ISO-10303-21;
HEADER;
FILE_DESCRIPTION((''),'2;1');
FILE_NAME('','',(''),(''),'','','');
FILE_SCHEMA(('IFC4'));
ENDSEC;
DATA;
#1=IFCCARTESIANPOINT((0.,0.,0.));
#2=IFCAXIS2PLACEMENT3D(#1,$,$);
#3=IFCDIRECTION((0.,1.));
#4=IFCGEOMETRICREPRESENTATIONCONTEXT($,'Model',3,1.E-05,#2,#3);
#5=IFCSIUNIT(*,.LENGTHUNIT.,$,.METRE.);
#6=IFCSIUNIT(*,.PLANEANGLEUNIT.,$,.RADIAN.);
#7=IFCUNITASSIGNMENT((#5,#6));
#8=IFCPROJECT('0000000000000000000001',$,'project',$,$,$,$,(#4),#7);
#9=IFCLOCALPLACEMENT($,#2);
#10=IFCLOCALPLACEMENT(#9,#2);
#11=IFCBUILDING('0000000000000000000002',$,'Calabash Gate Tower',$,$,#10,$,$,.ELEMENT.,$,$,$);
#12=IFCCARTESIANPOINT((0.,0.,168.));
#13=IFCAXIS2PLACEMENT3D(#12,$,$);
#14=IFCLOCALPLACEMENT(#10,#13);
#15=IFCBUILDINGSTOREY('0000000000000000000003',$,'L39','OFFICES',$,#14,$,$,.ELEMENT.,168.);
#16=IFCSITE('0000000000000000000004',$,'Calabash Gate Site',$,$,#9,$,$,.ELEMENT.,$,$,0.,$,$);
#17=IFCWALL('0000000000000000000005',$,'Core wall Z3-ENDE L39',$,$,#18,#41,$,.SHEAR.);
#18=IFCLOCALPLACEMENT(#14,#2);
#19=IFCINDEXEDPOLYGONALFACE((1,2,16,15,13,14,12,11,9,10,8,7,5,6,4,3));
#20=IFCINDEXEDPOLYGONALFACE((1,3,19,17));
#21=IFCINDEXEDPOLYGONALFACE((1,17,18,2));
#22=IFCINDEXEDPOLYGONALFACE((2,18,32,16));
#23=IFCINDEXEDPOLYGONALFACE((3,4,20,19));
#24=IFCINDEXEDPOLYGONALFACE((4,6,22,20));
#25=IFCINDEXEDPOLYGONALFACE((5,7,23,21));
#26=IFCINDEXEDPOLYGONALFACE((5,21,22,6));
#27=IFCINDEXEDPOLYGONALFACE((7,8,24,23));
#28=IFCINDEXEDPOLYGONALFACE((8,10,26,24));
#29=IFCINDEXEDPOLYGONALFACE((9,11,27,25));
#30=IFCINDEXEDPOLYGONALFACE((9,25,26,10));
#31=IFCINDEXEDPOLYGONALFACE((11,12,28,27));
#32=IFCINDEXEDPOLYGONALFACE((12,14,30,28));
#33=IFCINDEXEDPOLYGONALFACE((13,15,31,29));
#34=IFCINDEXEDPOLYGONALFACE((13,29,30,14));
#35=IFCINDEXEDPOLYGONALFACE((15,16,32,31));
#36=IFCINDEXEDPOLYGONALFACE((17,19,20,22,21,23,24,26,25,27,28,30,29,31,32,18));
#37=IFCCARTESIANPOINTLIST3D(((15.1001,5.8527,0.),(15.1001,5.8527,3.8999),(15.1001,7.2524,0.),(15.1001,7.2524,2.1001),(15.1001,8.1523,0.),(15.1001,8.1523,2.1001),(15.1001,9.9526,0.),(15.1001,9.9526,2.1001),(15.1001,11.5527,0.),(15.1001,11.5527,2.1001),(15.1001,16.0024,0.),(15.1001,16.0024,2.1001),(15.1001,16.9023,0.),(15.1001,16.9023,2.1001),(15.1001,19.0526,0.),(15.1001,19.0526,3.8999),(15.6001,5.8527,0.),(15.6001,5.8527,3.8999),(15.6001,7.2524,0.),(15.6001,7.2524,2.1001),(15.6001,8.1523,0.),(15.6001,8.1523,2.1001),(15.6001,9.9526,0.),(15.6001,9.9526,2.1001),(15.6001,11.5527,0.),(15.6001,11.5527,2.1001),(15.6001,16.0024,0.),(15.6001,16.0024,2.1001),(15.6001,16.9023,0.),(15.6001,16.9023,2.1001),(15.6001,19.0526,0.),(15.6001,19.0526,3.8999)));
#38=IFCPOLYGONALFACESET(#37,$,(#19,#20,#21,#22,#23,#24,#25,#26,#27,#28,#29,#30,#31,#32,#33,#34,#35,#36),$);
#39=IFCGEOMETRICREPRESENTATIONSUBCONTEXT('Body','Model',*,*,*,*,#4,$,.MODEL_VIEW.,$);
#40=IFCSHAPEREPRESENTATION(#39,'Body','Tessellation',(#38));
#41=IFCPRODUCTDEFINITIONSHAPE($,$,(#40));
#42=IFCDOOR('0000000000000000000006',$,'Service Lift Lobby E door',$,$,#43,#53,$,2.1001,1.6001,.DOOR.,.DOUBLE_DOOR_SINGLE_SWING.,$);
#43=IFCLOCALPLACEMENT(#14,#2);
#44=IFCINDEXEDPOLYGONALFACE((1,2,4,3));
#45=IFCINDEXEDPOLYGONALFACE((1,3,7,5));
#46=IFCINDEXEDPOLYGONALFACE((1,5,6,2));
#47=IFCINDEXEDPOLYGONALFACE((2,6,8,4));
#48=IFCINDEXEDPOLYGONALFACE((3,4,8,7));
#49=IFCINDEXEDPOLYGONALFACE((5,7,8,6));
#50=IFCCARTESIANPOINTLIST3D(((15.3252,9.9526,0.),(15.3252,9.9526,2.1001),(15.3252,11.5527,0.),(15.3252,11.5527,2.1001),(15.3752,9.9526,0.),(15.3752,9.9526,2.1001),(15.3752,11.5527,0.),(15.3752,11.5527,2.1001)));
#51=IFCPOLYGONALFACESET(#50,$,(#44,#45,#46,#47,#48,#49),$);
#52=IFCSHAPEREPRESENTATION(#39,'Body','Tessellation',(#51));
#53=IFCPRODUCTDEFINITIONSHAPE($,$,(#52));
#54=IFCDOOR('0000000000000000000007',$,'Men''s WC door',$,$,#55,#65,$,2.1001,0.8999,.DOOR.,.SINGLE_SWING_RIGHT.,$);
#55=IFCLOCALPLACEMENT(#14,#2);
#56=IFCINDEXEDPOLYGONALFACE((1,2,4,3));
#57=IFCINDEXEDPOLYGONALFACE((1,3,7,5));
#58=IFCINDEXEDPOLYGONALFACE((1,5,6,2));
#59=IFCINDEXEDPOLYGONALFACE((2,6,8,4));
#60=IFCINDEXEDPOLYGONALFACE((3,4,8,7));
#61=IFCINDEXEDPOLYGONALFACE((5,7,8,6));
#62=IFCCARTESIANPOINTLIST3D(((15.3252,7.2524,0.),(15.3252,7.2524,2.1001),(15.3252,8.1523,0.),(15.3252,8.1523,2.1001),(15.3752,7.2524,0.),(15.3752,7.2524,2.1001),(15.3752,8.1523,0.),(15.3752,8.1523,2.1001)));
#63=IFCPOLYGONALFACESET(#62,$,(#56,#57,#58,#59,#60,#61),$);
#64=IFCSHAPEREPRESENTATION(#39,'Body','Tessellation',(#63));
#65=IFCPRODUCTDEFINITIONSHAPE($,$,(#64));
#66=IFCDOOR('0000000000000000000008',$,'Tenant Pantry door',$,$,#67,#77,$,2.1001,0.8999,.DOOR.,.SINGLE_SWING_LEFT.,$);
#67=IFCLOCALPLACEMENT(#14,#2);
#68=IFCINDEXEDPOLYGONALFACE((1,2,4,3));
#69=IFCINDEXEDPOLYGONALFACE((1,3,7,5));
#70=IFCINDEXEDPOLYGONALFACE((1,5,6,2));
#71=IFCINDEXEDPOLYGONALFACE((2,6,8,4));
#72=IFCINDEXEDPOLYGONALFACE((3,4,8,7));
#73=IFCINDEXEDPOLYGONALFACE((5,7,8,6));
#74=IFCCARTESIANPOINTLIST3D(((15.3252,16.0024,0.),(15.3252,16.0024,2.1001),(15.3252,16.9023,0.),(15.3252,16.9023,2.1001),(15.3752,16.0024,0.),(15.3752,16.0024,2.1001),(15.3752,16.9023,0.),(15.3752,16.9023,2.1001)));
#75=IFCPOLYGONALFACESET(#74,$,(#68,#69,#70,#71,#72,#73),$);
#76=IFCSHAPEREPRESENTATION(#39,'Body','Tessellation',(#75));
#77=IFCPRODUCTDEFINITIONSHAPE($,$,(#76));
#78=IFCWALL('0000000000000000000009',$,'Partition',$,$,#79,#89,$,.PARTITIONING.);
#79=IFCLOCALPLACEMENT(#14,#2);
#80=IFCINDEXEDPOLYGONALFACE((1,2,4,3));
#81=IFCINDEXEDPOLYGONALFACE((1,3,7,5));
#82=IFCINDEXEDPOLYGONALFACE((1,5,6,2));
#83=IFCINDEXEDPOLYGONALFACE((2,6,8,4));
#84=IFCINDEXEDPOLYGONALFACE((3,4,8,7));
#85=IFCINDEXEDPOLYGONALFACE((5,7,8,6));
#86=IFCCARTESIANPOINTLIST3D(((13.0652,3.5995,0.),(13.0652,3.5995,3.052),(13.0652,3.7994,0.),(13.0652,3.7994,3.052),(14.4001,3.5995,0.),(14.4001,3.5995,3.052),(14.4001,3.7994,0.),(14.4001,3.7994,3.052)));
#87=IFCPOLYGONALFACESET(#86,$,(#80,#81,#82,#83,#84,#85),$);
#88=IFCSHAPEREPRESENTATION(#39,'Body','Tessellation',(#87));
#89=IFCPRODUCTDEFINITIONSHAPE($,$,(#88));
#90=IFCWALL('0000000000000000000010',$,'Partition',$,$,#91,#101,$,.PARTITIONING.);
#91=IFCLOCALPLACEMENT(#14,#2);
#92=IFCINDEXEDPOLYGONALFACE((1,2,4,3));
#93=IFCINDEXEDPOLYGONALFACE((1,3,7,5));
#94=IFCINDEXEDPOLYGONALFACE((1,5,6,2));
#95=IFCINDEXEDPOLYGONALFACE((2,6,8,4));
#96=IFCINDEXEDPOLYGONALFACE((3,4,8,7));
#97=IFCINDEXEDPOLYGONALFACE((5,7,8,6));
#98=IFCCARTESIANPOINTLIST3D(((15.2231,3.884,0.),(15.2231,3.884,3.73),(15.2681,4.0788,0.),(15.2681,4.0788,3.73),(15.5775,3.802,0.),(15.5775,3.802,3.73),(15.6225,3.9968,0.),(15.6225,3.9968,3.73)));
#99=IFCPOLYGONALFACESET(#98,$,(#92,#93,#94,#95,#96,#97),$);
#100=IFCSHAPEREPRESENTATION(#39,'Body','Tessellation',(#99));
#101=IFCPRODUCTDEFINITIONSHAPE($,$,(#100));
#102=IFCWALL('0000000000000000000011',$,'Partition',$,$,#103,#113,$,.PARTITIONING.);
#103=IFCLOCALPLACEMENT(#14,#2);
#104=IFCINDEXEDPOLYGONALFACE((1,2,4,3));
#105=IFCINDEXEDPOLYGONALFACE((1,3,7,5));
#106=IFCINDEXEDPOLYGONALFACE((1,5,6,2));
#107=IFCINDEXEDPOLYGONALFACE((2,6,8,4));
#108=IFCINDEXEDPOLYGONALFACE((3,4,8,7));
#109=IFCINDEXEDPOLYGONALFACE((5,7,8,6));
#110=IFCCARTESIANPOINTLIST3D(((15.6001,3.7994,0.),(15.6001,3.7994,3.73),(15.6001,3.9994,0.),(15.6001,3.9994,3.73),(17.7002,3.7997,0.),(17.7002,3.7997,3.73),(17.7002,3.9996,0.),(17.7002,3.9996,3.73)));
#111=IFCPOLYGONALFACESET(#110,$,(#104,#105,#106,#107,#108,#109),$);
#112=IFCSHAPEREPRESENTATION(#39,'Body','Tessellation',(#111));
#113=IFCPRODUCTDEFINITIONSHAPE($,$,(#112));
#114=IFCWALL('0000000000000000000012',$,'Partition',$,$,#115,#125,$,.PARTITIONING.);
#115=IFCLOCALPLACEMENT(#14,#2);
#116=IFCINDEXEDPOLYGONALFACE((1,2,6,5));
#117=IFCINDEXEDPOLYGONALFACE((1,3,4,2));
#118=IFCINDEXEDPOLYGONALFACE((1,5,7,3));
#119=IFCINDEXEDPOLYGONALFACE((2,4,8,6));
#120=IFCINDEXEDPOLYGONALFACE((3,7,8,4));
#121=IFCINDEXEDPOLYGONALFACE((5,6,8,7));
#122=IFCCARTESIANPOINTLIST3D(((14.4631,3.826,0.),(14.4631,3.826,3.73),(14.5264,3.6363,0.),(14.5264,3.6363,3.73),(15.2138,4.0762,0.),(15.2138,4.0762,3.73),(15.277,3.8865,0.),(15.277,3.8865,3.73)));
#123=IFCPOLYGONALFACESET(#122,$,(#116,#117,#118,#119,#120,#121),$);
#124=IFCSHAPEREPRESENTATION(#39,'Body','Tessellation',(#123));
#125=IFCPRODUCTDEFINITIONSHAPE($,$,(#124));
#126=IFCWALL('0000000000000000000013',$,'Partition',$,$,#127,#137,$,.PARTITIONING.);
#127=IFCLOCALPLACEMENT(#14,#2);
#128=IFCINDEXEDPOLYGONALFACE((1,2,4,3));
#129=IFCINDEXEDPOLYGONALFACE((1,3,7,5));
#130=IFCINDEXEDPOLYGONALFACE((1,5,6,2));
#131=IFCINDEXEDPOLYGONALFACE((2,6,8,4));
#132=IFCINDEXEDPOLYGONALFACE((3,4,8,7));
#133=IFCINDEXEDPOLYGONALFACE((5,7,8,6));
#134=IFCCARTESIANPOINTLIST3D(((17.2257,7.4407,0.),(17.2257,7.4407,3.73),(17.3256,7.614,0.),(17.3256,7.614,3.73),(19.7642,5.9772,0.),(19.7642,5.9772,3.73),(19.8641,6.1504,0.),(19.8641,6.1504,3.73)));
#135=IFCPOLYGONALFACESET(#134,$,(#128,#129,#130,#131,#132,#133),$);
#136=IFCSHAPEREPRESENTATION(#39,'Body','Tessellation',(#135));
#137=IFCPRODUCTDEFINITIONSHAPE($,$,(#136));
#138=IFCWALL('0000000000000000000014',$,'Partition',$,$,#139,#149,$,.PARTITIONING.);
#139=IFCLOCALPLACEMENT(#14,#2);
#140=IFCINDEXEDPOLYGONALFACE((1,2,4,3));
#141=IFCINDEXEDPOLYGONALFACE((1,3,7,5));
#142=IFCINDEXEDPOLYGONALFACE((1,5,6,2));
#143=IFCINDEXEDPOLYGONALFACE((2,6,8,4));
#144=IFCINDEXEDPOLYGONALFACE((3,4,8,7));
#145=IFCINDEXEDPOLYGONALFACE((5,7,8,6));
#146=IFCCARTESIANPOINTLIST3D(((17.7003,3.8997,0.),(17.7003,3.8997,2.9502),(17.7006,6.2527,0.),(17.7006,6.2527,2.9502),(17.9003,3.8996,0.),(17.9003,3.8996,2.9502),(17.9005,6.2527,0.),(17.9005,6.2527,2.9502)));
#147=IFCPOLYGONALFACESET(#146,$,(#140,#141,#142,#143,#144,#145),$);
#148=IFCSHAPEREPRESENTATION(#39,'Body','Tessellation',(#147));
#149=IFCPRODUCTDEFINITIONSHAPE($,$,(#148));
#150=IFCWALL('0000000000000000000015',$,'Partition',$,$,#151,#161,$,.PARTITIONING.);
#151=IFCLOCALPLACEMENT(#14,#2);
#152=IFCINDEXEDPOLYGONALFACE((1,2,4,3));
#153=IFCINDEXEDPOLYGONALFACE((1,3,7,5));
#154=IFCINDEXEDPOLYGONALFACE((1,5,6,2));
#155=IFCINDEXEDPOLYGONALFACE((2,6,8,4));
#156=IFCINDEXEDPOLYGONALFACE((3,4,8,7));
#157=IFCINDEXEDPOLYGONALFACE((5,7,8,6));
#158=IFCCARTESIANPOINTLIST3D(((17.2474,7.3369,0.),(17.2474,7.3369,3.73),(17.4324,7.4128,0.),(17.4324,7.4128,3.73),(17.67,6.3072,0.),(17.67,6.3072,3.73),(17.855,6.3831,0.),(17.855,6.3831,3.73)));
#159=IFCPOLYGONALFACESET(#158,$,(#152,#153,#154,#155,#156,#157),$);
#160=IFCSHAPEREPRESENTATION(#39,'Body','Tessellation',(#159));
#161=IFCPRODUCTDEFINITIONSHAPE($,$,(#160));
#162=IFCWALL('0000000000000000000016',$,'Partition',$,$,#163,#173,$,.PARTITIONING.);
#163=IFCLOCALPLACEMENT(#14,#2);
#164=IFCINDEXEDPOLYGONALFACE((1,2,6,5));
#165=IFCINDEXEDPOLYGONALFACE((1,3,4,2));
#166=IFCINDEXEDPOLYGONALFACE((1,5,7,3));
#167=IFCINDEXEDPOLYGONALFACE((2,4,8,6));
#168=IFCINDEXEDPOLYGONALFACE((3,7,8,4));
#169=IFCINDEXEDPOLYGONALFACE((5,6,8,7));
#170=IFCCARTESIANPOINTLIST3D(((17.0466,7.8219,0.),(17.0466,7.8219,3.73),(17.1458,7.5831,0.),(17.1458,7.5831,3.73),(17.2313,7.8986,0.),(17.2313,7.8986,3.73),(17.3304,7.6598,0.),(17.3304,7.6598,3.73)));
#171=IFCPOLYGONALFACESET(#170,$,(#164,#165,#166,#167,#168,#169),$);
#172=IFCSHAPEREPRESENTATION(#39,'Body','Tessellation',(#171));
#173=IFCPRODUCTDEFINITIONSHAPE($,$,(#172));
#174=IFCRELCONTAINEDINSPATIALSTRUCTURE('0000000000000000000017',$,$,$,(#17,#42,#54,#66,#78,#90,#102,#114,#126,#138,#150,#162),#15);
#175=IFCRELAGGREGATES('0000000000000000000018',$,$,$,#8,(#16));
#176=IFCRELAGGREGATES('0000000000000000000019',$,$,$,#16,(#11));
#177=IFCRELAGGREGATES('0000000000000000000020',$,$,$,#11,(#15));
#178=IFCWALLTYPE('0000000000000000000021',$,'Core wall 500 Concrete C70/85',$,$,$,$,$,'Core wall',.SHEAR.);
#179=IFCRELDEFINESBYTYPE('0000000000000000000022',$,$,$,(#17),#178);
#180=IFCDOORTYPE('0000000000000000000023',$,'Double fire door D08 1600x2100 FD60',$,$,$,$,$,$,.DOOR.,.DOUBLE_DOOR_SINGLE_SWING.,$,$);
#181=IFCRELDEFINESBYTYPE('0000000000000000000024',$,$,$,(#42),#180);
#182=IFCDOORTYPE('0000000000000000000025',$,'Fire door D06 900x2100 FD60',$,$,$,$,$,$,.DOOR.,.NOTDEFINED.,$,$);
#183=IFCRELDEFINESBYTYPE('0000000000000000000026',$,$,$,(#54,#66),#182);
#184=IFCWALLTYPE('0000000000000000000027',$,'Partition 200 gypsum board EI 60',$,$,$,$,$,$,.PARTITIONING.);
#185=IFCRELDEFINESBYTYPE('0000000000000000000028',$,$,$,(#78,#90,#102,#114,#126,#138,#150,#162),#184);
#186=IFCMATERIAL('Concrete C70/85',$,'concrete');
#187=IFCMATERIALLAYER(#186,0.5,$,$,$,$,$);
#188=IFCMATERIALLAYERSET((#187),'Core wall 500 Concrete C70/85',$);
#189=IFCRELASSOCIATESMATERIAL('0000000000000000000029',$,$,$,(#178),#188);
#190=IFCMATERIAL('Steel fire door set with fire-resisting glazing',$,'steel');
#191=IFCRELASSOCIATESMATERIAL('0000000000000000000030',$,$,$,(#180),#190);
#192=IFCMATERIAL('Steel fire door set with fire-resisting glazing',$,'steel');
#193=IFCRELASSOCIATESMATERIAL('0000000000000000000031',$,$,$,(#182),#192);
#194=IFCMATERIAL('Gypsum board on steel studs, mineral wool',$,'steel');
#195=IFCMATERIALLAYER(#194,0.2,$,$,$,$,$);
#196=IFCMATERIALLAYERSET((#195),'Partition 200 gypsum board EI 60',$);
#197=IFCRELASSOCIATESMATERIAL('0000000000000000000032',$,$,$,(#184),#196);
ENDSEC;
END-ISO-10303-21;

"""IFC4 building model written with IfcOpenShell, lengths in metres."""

from ifc_helpers import new_model, si_unit, direction, frame, frame_2d, origin, place, context, subcontext, project, spatial, rectangle, extrude, material, layer, layer_set, type_object, element, fill, save


model = new_model("IFC4")

# Units and contexts
model_context = context("Model", 3, precision=1e-05, world=origin(), true_north=direction((0.0, 1.0)))
body_context = subcontext(model_context, "Body", "Model", "MODEL_VIEW")
ifc_project = project(units=[si_unit("LENGTHUNIT", "METRE"), si_unit("PLANEANGLEUNIT", "RADIAN")], contexts=[model_context])

# Site, building, storey
site_placement = place(None, origin())
site = spatial("IfcSite", under=ifc_project, at=site_placement, Name="Calabash Gate Site", CompositionType="ELEMENT", RefElevation=0.0)
building_placement = place(site_placement, origin())
building = spatial("IfcBuilding", under=site, at=building_placement, Name="Calabash Gate Tower", CompositionType="ELEMENT")
storey_placement = place(building_placement, frame((0.0, 0.0, 168.0)))
storey = spatial("IfcBuildingStorey", under=building, at=storey_placement, Name="L39", Description="OFFICES", CompositionType="ELEMENT", Elevation=168.0)

# Wall, openings, doors
ifc_material_1 = material(Name="Concrete C70/85", Category="concrete")
ifc_layer_1 = layer(ifc_material_1, 0.5)
ifc_layer_set_1 = layer_set([ifc_layer_1], Name="Core wall 500 Concrete C70/85")
wall_type_1 = type_object("IfcWallType", Name="Core wall 500 Concrete C70/85", ElementType="Core wall", PredefinedType="SHEAR", material=ifc_layer_set_1)
wall_1_placement = place(storey_placement, frame((15.3501, 5.8525, 0.0), z_axis=(0.0, 0.0, 1.0), x_axis=(0.0, 1.0, 0.0)))
wall_1 = element("IfcWall", 1, at=wall_1_placement, inside=storey, type_object=wall_type_1, Name="Core wall Z3-ENDE L39", PredefinedType="SHEAR", context=body_context, shape_type="SweptSolid", body=[
    extrude(rectangle(XDim=13.2, YDim=0.5, at=frame_2d((6.6001, 0.0))), origin(), (0.0, 0.0, 1.0), 3.8999),
])
opening_1_placement = place(wall_1_placement, frame((4.1001, 0.0, 0.0)))
opening_1 = element("IfcOpeningElement", 2, at=opening_1_placement, cuts=wall_1, PredefinedType="OPENING", context=body_context, shape_type="SweptSolid", body=[
    extrude(rectangle(XDim=1.6001, YDim=2.1001, at=frame_2d((0.8, 1.05))), frame((0.0, 0.26, 0.0), z_axis=(0.0, -1.0, 0.0), x_axis=(1.0, 0.0, 0.0)), (0.0, 0.0, 1.0), 0.52),
])
opening_2_placement = place(wall_1_placement, frame((1.3999, 0.0, 0.0)))
opening_2 = element("IfcOpeningElement", 3, at=opening_2_placement, cuts=wall_1, PredefinedType="OPENING", context=body_context, shape_type="SweptSolid", body=[
    extrude(rectangle(XDim=0.8999, YDim=2.1001, at=frame_2d((0.45, 1.05))), frame((0.0, 0.26, 0.0), z_axis=(0.0, -1.0, 0.0), x_axis=(1.0, 0.0, 0.0)), (0.0, 0.0, 1.0), 0.52),
])
opening_3_placement = place(wall_1_placement, frame((10.1499, 0.0, 0.0)))
opening_3 = element("IfcOpeningElement", 4, at=opening_3_placement, cuts=wall_1, PredefinedType="OPENING", context=body_context, shape_type="SweptSolid", body=[
    extrude(rectangle(XDim=0.8999, YDim=2.1001, at=frame_2d((0.45, 1.05))), frame((0.0, 0.26, 0.0), z_axis=(0.0, -1.0, 0.0), x_axis=(1.0, 0.0, 0.0)), (0.0, 0.0, 1.0), 0.52),
])
ifc_material_2 = material(Name="Steel fire door set with fire-resisting glazing", Category="steel")
door_type_1 = type_object("IfcDoorType", Name="Double fire door D08 1600x2100 FD60", OperationType="DOUBLE_DOOR_SINGLE_SWING", PredefinedType="DOOR", material=ifc_material_2)
door_1_placement = place(opening_1_placement, origin())
door_1 = element("IfcDoor", 5, at=door_1_placement, inside=storey, type_object=door_type_1, Name="Service Lift Lobby E door", OperationType="DOUBLE_DOOR_SINGLE_SWING", OverallHeight=2.1001, OverallWidth=1.6001, PredefinedType="DOOR", context=body_context, shape_type="SweptSolid", body=[
    extrude(rectangle(XDim=1.6001, YDim=2.1001, at=frame_2d((0.8, 1.05))), frame((0.0, 0.0249, 0.0), z_axis=(0.0, -1.0, 0.0), x_axis=(1.0, 0.0, 0.0)), (0.0, 0.0, 1.0), 0.05),
])
fill(opening_1, door_1)
ifc_material_3 = material(Name="Steel fire door set with fire-resisting glazing", Category="steel")
door_type_2 = type_object("IfcDoorType", Name="Fire door D06 900x2100 FD60", OperationType="NOTDEFINED", PredefinedType="DOOR", material=ifc_material_3)
door_2_placement = place(opening_2_placement, origin())
door_2 = element("IfcDoor", 6, at=door_2_placement, inside=storey, type_object=door_type_2, Name="Men's WC door", OperationType="SINGLE_SWING_RIGHT", OverallHeight=2.1001, OverallWidth=0.8999, PredefinedType="DOOR", context=body_context, shape_type="SweptSolid", body=[
    extrude(rectangle(XDim=0.8999, YDim=2.1001, at=frame_2d((0.45, 1.05))), frame((0.0, 0.0249, 0.0), z_axis=(0.0, -1.0, 0.0), x_axis=(1.0, 0.0, 0.0)), (0.0, 0.0, 1.0), 0.05),
])
fill(opening_2, door_2)
door_3_placement = place(opening_3_placement, origin())
door_3 = element("IfcDoor", 7, at=door_3_placement, inside=storey, type_object=door_type_2, Name="Tenant Pantry door", OperationType="SINGLE_SWING_LEFT", OverallHeight=2.1001, OverallWidth=0.8999, PredefinedType="DOOR", context=body_context, shape_type="SweptSolid", body=[
    extrude(rectangle(XDim=0.8999, YDim=2.1001, at=frame_2d((0.45, 1.05))), frame((0.0, 0.0249, 0.0), z_axis=(0.0, -1.0, 0.0), x_axis=(1.0, 0.0, 0.0)), (0.0, 0.0, 1.0), 0.05),
])
fill(opening_3, door_3)

# Walls
ifc_material_4 = material(Name="Gypsum board on steel studs, mineral wool", Category="steel")
ifc_layer_2 = layer(ifc_material_4, 0.2)
ifc_layer_set_2 = layer_set([ifc_layer_2], Name="Partition 200 gypsum board EI 60")
wall_type_2 = type_object("IfcWallType", Name="Partition 200 gypsum board EI 60", PredefinedType="PARTITIONING", material=ifc_layer_set_2)
wall_2_placement = place(storey_placement, frame((13.0652, 3.6995, 0.0), z_axis=(0.0, 0.0, 1.0), x_axis=(1.0, 0.0, 0.0)))
element("IfcWall", 8, at=wall_2_placement, inside=storey, type_object=wall_type_2, Name="Partition", PredefinedType="PARTITIONING", context=body_context, shape_type="SweptSolid", body=[
    extrude(rectangle(XDim=1.335, YDim=0.2, at=frame_2d((0.6675, 0.0))), origin(), (0.0, 0.0, 1.0), 3.052),
])
wall_3_placement = place(storey_placement, frame((15.2456, 3.9814, 0.0), z_axis=(0.0, 0.0, 1.0), x_axis=(0.974255, -0.225448, 0.0)))
element("IfcWall", 9, at=wall_3_placement, inside=storey, type_object=wall_type_2, Name="Partition", PredefinedType="PARTITIONING", context=body_context, shape_type="SweptSolid", body=[
    extrude(rectangle(XDim=0.3638, YDim=0.2, at=frame_2d((0.1819, 0.0))), origin(), (0.0, 0.0, 1.0), 3.73),
])
wall_4_placement = place(storey_placement, frame((15.6001, 3.8994, 0.0), z_axis=(0.0, 0.0, 1.0), x_axis=(1.0, 0.000116, 0.0)))
element("IfcWall", 10, at=wall_4_placement, inside=storey, type_object=wall_type_2, Name="Partition", PredefinedType="PARTITIONING", context=body_context, shape_type="SweptSolid", body=[
    extrude(rectangle(XDim=2.1001, YDim=0.2, at=frame_2d((1.05, 0.0))), origin(), (0.0, 0.0, 1.0), 3.73),
])
wall_5_placement = place(storey_placement, frame((14.4949, 3.7312, 0.0), z_axis=(0.0, 0.0, 1.0), x_axis=(0.948683, 0.316228, 0.0)))
element("IfcWall", 11, at=wall_5_placement, inside=storey, type_object=wall_type_2, Name="Partition", PredefinedType="PARTITIONING", context=body_context, shape_type="SweptSolid", body=[
    extrude(rectangle(XDim=0.7913, YDim=0.2, at=frame_2d((0.3955, 0.0))), origin(), (0.0, 0.0, 1.0), 3.73),
])
wall_6_placement = place(storey_placement, frame((17.2756, 7.5273, 0.0), z_axis=(0.0, 0.0, 1.0), x_axis=(0.866324, -0.499482, 0.0)))
element("IfcWall", 12, at=wall_6_placement, inside=storey, type_object=wall_type_2, Name="Partition", PredefinedType="PARTITIONING", context=body_context, shape_type="SweptSolid", body=[
    extrude(rectangle(XDim=2.9302, YDim=0.2, at=frame_2d((1.4651, 0.0))), origin(), (0.0, 0.0, 1.0), 3.73),
])
wall_7_placement = place(storey_placement, frame((17.8003, 3.8997, 0.0), z_axis=(0.0, 0.0, 1.0), x_axis=(0.000104, 1.0, 0.0)))
element("IfcWall", 13, at=wall_7_placement, inside=storey, type_object=wall_type_2, Name="Partition", PredefinedType="PARTITIONING", context=body_context, shape_type="SweptSolid", body=[
    extrude(rectangle(XDim=2.353, YDim=0.2, at=frame_2d((1.1765, 0.0))), origin(), (0.0, 0.0, 1.0), 2.9502),
])
wall_8_placement = place(storey_placement, frame((17.3398, 7.375, 0.0), z_axis=(0.0, 0.0, 1.0), x_axis=(0.379657, -0.925127, 0.0)))
element("IfcWall", 14, at=wall_8_placement, inside=storey, type_object=wall_type_2, Name="Partition", PredefinedType="PARTITIONING", context=body_context, shape_type="SweptSolid", body=[
    extrude(rectangle(XDim=1.113, YDim=0.2, at=frame_2d((0.5566, 0.0))), origin(), (0.0, 0.0, 1.0), 3.73),
])
wall_9_placement = place(storey_placement, frame((17.1389, 7.8604, 0.0), z_axis=(0.0, 0.0, 1.0), x_axis=(0.383408, -0.923579, 0.0)))
element("IfcWall", 15, at=wall_9_placement, inside=storey, type_object=wall_type_2, Name="Partition", PredefinedType="PARTITIONING", context=body_context, shape_type="SweptSolid", body=[
    extrude(rectangle(XDim=0.2585, YDim=0.2, at=frame_2d((0.1294, 0.0))), origin(), (0.0, 0.0, 1.0), 3.73),
])

save(model, "model.ifc")
